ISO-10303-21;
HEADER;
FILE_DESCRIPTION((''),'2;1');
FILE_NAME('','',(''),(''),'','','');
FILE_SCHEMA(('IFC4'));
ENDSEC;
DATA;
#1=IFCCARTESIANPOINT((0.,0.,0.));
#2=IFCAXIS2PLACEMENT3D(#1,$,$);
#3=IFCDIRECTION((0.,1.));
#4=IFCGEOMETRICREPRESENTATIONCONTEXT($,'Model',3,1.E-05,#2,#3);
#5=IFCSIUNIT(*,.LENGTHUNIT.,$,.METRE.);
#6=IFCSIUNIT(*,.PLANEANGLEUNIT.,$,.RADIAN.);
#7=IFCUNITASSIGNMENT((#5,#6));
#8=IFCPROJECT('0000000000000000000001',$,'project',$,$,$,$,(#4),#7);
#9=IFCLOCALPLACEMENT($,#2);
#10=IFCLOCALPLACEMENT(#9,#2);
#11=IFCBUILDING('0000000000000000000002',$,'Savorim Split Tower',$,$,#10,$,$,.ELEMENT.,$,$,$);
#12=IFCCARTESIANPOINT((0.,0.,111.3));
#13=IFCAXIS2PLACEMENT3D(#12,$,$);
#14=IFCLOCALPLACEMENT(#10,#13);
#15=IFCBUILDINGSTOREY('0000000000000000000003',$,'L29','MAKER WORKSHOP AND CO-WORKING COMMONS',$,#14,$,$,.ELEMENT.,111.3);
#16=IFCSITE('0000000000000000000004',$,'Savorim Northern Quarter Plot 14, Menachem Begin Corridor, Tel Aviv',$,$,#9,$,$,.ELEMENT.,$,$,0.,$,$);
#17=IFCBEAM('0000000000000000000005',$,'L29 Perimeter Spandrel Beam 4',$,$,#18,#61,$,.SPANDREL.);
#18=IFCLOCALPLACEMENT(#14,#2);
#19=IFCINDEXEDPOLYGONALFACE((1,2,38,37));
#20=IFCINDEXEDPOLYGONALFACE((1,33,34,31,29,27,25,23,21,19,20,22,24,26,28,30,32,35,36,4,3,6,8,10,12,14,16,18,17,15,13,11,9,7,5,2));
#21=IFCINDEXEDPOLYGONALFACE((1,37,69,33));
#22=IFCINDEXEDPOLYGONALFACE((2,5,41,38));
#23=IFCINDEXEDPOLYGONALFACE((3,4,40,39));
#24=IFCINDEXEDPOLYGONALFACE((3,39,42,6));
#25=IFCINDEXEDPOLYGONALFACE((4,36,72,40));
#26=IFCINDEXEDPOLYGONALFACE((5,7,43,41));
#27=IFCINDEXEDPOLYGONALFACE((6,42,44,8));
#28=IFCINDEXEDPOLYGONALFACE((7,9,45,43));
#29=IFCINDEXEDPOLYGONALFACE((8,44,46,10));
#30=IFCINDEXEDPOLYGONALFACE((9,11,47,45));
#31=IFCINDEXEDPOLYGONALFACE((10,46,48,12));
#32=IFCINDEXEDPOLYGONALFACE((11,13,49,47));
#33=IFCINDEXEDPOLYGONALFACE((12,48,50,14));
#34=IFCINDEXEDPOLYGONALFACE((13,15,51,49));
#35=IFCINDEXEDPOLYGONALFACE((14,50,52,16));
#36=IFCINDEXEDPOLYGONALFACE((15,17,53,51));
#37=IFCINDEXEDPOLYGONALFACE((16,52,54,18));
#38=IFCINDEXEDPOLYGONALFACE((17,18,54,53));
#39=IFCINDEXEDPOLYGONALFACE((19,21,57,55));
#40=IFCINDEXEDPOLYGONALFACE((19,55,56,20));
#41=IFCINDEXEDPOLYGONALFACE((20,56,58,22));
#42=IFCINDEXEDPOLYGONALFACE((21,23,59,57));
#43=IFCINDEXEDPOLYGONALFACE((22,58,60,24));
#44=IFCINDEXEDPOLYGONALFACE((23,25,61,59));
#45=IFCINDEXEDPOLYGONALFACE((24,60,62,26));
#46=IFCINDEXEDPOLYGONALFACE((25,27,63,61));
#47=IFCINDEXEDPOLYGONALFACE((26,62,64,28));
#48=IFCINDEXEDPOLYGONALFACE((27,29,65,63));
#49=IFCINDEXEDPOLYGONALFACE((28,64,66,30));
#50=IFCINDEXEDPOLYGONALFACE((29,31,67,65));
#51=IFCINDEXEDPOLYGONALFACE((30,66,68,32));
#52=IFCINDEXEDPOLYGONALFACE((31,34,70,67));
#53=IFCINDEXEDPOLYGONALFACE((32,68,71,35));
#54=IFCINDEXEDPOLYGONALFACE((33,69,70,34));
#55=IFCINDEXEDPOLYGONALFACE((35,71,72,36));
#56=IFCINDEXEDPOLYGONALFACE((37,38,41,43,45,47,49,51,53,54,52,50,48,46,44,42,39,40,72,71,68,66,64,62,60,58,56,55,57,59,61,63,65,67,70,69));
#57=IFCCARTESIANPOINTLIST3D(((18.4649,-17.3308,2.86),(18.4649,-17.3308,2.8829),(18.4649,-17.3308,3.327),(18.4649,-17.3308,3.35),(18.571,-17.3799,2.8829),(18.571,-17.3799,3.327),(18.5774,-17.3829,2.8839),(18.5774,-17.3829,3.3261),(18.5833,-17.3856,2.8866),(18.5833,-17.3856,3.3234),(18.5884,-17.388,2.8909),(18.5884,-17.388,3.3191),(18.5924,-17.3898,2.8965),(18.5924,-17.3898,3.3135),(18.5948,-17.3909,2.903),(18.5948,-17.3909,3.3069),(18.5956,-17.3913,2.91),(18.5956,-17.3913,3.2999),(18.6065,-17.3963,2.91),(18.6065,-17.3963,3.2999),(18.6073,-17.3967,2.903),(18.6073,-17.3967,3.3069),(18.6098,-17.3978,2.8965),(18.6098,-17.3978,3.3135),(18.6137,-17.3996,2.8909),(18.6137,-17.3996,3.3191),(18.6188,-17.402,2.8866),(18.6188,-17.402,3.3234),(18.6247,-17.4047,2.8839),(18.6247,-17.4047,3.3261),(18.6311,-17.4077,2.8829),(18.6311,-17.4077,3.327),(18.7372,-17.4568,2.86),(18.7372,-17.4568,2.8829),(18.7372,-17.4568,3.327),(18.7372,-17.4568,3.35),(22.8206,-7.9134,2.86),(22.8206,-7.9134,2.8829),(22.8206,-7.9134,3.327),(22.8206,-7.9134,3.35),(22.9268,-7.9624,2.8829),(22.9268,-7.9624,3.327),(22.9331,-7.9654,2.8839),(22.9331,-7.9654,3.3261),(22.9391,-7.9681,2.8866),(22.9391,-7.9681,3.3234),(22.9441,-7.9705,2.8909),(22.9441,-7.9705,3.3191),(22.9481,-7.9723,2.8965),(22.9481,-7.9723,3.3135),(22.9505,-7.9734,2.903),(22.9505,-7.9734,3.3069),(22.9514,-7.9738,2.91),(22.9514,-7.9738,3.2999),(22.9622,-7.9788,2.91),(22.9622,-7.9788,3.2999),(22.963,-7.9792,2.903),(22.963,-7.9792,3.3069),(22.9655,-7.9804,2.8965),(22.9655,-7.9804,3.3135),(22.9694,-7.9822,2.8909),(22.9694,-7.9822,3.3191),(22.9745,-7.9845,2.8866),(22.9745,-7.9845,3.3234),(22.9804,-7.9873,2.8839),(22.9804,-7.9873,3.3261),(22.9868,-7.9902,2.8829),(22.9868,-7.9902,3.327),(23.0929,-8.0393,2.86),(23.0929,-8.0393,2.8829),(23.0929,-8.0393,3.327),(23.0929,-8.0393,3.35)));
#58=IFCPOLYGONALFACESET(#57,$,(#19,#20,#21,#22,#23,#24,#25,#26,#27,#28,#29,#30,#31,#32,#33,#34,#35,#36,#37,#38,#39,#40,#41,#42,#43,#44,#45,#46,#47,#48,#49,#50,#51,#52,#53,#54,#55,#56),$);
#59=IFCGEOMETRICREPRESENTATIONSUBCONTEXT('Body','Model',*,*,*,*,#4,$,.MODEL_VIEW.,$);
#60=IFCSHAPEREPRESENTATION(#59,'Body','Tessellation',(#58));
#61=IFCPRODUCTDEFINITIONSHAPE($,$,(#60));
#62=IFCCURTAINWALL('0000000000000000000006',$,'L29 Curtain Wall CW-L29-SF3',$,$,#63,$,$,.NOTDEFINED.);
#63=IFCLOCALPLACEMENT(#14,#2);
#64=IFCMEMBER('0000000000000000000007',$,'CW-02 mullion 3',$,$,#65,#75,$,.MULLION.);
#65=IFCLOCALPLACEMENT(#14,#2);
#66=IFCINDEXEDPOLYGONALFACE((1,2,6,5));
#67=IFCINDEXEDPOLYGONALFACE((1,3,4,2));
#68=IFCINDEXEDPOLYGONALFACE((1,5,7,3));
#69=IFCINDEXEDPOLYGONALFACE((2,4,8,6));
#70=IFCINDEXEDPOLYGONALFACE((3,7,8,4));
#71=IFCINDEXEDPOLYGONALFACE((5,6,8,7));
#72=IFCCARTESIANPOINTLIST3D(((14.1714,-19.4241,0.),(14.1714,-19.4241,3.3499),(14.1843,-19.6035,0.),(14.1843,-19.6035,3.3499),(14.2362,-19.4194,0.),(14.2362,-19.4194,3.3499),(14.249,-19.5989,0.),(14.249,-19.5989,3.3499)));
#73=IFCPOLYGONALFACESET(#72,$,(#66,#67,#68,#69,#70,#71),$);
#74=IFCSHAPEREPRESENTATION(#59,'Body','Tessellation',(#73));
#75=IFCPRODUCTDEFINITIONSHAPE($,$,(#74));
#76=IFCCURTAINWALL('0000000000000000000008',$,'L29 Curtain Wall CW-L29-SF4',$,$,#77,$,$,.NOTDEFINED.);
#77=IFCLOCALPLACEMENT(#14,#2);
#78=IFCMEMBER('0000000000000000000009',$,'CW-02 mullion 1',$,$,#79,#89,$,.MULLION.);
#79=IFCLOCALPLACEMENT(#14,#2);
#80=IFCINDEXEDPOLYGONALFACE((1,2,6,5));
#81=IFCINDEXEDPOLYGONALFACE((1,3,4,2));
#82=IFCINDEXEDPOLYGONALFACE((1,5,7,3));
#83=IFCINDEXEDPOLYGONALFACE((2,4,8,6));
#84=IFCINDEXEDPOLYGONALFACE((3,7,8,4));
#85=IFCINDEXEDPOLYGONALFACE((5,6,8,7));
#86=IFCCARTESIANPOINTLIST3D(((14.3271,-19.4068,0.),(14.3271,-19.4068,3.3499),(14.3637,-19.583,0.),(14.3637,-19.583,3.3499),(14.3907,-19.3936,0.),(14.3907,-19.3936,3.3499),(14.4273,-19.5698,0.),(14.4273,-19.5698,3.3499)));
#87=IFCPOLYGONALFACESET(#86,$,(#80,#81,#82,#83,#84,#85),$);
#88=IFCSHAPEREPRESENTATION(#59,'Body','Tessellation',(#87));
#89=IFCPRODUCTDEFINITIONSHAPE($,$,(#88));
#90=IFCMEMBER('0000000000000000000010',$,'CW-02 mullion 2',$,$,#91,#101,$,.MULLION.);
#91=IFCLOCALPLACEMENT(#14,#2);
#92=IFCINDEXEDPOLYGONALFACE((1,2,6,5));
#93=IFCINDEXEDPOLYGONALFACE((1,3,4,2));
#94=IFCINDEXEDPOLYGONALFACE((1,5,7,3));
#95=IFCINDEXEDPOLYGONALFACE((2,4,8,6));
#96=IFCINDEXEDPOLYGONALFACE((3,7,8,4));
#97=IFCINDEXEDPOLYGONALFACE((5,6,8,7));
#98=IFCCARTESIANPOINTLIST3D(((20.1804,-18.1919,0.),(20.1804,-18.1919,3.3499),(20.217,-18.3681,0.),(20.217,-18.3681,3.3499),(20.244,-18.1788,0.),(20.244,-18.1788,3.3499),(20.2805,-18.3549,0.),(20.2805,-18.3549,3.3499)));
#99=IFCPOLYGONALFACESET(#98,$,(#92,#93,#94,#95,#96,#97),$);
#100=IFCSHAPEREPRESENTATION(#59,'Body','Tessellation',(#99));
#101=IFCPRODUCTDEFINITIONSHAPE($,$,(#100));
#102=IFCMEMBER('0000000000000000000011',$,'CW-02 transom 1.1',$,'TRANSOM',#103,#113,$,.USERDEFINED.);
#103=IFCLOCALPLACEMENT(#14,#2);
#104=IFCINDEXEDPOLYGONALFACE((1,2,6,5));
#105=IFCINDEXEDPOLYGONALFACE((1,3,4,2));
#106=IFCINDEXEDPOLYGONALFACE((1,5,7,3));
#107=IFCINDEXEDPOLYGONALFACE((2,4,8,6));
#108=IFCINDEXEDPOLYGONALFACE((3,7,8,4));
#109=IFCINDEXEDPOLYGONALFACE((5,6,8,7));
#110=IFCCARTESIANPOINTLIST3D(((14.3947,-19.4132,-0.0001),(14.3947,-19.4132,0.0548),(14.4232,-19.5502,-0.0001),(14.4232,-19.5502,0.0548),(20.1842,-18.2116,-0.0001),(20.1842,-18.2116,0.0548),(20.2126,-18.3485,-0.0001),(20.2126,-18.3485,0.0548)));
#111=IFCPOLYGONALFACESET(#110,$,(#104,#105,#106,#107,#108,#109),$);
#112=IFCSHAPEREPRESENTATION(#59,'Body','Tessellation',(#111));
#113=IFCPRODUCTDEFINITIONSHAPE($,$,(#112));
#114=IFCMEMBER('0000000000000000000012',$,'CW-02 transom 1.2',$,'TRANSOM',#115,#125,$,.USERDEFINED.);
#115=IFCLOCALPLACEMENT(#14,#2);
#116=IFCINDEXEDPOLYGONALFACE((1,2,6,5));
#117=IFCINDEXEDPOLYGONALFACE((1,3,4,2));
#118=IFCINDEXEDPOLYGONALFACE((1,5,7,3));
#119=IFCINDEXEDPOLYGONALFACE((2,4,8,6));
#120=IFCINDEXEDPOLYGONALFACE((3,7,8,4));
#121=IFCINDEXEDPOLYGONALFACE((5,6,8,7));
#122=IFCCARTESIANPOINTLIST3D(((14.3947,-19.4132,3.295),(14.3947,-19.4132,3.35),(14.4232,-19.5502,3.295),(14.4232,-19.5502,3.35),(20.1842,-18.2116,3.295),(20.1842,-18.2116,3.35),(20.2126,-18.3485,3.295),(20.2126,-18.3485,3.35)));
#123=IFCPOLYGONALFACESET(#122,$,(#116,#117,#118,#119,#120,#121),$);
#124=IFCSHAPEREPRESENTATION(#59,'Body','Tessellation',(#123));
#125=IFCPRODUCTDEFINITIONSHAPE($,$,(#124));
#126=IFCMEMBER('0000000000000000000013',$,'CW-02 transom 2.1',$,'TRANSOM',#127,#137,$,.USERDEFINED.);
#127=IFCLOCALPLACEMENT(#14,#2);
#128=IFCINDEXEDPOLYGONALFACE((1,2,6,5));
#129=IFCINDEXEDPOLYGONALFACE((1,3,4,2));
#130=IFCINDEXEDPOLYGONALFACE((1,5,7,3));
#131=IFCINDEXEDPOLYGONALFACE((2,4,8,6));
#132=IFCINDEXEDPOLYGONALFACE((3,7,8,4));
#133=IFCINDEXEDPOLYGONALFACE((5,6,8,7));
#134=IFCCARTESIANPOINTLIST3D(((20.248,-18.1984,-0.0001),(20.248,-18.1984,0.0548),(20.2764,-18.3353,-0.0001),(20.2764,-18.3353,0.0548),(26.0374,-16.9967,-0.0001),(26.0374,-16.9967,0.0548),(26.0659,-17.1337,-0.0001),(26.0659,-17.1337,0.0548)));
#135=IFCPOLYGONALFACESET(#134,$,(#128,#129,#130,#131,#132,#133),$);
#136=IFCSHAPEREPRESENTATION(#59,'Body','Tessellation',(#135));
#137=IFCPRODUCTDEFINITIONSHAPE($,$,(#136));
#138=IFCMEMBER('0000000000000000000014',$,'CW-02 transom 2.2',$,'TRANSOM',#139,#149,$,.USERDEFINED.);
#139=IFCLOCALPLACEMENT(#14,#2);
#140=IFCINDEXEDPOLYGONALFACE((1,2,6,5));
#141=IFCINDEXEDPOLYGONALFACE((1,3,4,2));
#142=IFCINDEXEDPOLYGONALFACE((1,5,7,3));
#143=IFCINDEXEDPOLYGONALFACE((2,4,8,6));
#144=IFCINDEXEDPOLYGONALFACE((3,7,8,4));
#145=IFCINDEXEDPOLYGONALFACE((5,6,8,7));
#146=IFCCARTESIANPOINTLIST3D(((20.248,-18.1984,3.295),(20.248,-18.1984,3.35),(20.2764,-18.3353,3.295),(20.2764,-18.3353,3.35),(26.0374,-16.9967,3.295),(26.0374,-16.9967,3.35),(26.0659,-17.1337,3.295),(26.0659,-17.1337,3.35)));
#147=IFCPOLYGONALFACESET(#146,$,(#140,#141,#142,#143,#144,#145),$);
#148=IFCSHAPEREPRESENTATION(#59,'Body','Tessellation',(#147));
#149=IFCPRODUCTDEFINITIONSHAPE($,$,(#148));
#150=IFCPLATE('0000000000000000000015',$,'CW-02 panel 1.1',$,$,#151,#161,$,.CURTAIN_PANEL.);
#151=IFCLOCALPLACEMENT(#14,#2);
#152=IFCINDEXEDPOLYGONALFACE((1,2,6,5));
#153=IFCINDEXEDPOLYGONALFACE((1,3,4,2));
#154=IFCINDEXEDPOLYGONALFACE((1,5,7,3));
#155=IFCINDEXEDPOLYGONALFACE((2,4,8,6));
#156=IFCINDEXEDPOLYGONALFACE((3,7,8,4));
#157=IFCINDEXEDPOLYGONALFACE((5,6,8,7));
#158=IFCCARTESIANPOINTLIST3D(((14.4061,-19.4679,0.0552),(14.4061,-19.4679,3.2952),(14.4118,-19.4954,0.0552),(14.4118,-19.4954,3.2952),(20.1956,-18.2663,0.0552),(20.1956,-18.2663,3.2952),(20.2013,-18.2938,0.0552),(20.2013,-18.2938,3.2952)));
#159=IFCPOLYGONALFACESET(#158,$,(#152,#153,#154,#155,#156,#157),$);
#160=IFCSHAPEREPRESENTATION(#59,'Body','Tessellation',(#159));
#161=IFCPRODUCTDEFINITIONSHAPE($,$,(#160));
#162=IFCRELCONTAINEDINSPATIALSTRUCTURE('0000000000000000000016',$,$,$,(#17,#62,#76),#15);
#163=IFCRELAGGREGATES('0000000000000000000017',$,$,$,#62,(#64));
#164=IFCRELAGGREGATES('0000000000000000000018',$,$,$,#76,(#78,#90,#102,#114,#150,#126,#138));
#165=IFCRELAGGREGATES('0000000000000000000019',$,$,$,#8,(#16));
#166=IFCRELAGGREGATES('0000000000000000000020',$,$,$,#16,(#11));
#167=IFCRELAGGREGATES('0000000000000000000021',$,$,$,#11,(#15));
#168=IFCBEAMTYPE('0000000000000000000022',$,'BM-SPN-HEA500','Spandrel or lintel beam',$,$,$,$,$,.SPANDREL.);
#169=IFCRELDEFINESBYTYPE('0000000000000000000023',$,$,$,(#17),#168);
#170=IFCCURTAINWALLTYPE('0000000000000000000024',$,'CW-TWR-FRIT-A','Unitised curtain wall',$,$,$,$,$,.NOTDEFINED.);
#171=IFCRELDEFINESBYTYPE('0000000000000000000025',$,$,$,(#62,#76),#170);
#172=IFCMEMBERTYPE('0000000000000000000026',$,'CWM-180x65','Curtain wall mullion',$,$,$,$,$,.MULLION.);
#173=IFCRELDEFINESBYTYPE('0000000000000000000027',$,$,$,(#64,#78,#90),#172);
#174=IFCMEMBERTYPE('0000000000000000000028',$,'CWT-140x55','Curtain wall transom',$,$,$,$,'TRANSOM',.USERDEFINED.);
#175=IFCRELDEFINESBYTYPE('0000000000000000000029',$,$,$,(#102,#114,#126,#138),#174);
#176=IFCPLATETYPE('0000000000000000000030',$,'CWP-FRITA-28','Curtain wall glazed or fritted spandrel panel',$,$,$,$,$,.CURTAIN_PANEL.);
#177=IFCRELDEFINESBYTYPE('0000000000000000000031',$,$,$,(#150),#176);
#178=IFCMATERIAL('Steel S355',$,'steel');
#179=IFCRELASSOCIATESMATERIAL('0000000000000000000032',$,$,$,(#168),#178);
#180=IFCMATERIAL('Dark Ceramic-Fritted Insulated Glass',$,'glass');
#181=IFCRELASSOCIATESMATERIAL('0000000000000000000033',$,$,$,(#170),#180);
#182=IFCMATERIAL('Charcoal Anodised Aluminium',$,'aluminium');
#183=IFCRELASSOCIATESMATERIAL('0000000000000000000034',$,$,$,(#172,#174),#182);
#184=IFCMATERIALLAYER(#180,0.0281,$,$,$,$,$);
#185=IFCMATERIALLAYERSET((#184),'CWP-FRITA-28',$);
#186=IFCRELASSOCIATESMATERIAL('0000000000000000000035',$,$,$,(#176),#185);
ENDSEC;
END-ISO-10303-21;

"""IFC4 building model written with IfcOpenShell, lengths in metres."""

from ifc_helpers import new_model, si_unit, direction, frame, origin, origin_2d, place, context, subcontext, project, spatial, rectangle, i_section, extrude, material, layer, layer_set, material_profile, profile_set, type_object, element, aggregate, save


model = new_model("IFC4")

# Units and contexts
model_context = context("Model", 3, precision=1e-05, world=origin(), true_north=direction((0.0, 1.0)))
body_context = subcontext(model_context, "Body", "Model", "MODEL_VIEW")
ifc_project = project(units=[si_unit("LENGTHUNIT", "METRE"), si_unit("PLANEANGLEUNIT", "RADIAN")], contexts=[model_context])

# Site, building, storey
site_placement = place(None, origin())
site = spatial("IfcSite", under=ifc_project, at=site_placement, Name="Savorim Northern Quarter Plot 14, Menachem Begin Corridor, Tel Aviv", CompositionType="ELEMENT", RefElevation=0.0)
building_placement = place(site_placement, origin())
building = spatial("IfcBuilding", under=site, at=building_placement, Name="Savorim Split Tower", CompositionType="ELEMENT")
storey_placement = place(building_placement, frame((0.0, 0.0, 111.3)))
storey = spatial("IfcBuildingStorey", under=building, at=storey_placement, Name="L29", Description="MAKER WORKSHOP AND CO-WORKING COMMONS", CompositionType="ELEMENT", Elevation=111.3)

# Beam
ifc_material_1 = material(Name="Steel S355", Category="steel")
ifc_material_profile_1 = material_profile(ifc_material_1, i_section(OverallWidth=0.3, OverallDepth=0.49, WebThickness=0.012, FlangeThickness=0.0229, FilletRadius=0.0271, at=origin_2d()), Name="HEA 500")
ifc_profile_set_1 = profile_set([ifc_material_profile_1], Name="Steel S355")
beam_type_1 = type_object("IfcBeamType", Name="BM-SPN-HEA500", Description="Spandrel or lintel beam", PredefinedType="SPANDREL", material=ifc_profile_set_1)
beam_1_placement = place(storey_placement, frame((18.6011, -17.3938, 3.105), z_axis=(0.419788, 0.907622, 0.0), x_axis=(-0.907622, 0.419788, 0.0)))
element("IfcBeam", 1, at=beam_1_placement, inside=storey, type_object=beam_type_1, Name="L29 Perimeter Spandrel Beam 4", PredefinedType="SPANDREL", context=body_context, shape_type="SweptSolid", body=[
    extrude(i_section(OverallWidth=0.3, OverallDepth=0.49, WebThickness=0.012, FlangeThickness=0.0229, FilletRadius=0.0271, at=origin_2d()), origin(), (0.0, 0.0, 1.0), 10.376),
])

# Curtain wall, member
ifc_material_2 = material(Name="Dark Ceramic-Fritted Insulated Glass", Category="glass")
curtain_wall_type = type_object("IfcCurtainWallType", Name="CW-TWR-FRIT-A", Description="Unitised curtain wall", PredefinedType="NOTDEFINED", material=ifc_material_2)
curtain_wall_1_placement = place(storey_placement, origin())
curtain_wall_1 = element("IfcCurtainWall", 2, at=curtain_wall_1_placement, inside=storey, type_object=curtain_wall_type, Name="L29 Curtain Wall CW-L29-SF3", PredefinedType="NOTDEFINED")
ifc_material_3 = material(Name="Charcoal Anodised Aluminium", Category="aluminium")
ifc_material_profile_2 = material_profile(ifc_material_3, rectangle(XDim=0.1799, YDim=0.0649, at=origin_2d()), Name="ALU-M 180x65")
ifc_profile_set_2 = profile_set([ifc_material_profile_2], Name="Charcoal Anodised Aluminium")
member_type_1 = type_object("IfcMemberType", Name="CWM-180x65", Description="Curtain wall mullion", PredefinedType="MULLION", material=ifc_profile_set_2)
member_1_placement = place(storey_placement, frame((14.2102, -19.5115, 0.0), z_axis=(0.0, 0.0, 1.0), x_axis=(-0.071557, 0.997436, 0.0)))
member_1 = element("IfcMember", 3, at=member_1_placement, type_object=member_type_1, Name="CW-02 mullion 3", PredefinedType="MULLION", context=body_context, shape_type="SweptSolid", body=[
    extrude(rectangle(XDim=0.1799, YDim=0.0649, at=origin_2d()), origin(), (0.0, 0.0, 1.0), 3.3499),
])
aggregate(curtain_wall_1, [member_1])

# Curtain wall, members, plate
curtain_wall_2_placement = place(storey_placement, origin())
curtain_wall_2 = element("IfcCurtainWall", 4, at=curtain_wall_2_placement, inside=storey, type_object=curtain_wall_type, Name="L29 Curtain Wall CW-L29-SF4", PredefinedType="NOTDEFINED")
member_2_placement = place(storey_placement, frame((14.3772, -19.4883, 0.0), z_axis=(0.0, 0.0, 1.0), x_axis=(-0.203214, 0.979134, 0.0)))
member_2 = element("IfcMember", 5, at=member_2_placement, type_object=member_type_1, Name="CW-02 mullion 1", PredefinedType="MULLION", context=body_context, shape_type="SweptSolid", body=[
    extrude(rectangle(XDim=0.1799, YDim=0.0649, at=origin_2d()), origin(), (0.0, 0.0, 1.0), 3.3499),
])
member_3_placement = place(storey_placement, frame((20.2305, -18.2734, 0.0), z_axis=(0.0, 0.0, 1.0), x_axis=(-0.203214, 0.979134, 0.0)))
member_3 = element("IfcMember", 6, at=member_3_placement, type_object=member_type_1, Name="CW-02 mullion 2", PredefinedType="MULLION", context=body_context, shape_type="SweptSolid", body=[
    extrude(rectangle(XDim=0.1799, YDim=0.0649, at=origin_2d()), origin(), (0.0, 0.0, 1.0), 3.3499),
])
ifc_material_profile_3 = material_profile(ifc_material_3, rectangle(XDim=0.1399, YDim=0.0549, at=origin_2d()), Name="ALU-T 140x55")
ifc_profile_set_3 = profile_set([ifc_material_profile_3], Name="Charcoal Anodised Aluminium")
member_type_2 = type_object("IfcMemberType", Name="CWT-140x55", Description="Curtain wall transom", ElementType="TRANSOM", PredefinedType="USERDEFINED", material=ifc_profile_set_3)
member_4_placement = place(storey_placement, frame((14.4089, -19.4817, 0.0273), z_axis=(0.979132, 0.203225, 0.0), x_axis=(-0.203225, 0.979132, 0.0)))
member_4 = element("IfcMember", 7, at=member_4_placement, type_object=member_type_2, Name="CW-02 transom 1.1", ObjectType="TRANSOM", PredefinedType="USERDEFINED", context=body_context, shape_type="SweptSolid", body=[
    extrude(rectangle(XDim=0.1399, YDim=0.0549, at=origin_2d()), origin(), (0.0, 0.0, 1.0), 5.9128),
])
member_5_placement = place(storey_placement, frame((14.4089, -19.4817, 3.3225), z_axis=(0.979132, 0.203225, 0.0), x_axis=(-0.203225, 0.979132, 0.0)))
member_5 = element("IfcMember", 8, at=member_5_placement, type_object=member_type_2, Name="CW-02 transom 1.2", ObjectType="TRANSOM", PredefinedType="USERDEFINED", context=body_context, shape_type="SweptSolid", body=[
    extrude(rectangle(XDim=0.1399, YDim=0.0549, at=origin_2d()), origin(), (0.0, 0.0, 1.0), 5.9128),
])
member_6_placement = place(storey_placement, frame((20.2622, -18.2668, 0.0273), z_axis=(0.979132, 0.203225, 0.0), x_axis=(-0.203225, 0.979132, 0.0)))
member_6 = element("IfcMember", 9, at=member_6_placement, type_object=member_type_2, Name="CW-02 transom 2.1", ObjectType="TRANSOM", PredefinedType="USERDEFINED", context=body_context, shape_type="SweptSolid", body=[
    extrude(rectangle(XDim=0.1399, YDim=0.0549, at=origin_2d()), origin(), (0.0, 0.0, 1.0), 5.9128),
])
member_7_placement = place(storey_placement, frame((20.2622, -18.2668, 3.3225), z_axis=(0.979132, 0.203225, 0.0), x_axis=(-0.203225, 0.979132, 0.0)))
member_7 = element("IfcMember", 10, at=member_7_placement, type_object=member_type_2, Name="CW-02 transom 2.2", ObjectType="TRANSOM", PredefinedType="USERDEFINED", context=body_context, shape_type="SweptSolid", body=[
    extrude(rectangle(XDim=0.1399, YDim=0.0549, at=origin_2d()), origin(), (0.0, 0.0, 1.0), 5.9128),
])
ifc_layer_1 = layer(ifc_material_2, 0.0281)
ifc_layer_set_1 = layer_set([ifc_layer_1], Name="CWP-FRITA-28")
plate_type = type_object("IfcPlateType", Name="CWP-FRITA-28", Description="Curtain wall glazed or fritted spandrel panel", PredefinedType="CURTAIN_PANEL", material=ifc_layer_set_1)
plate_placement = place(storey_placement, frame((17.3037, -18.8809, 0.0552), z_axis=(0.0, 0.0, 1.0), x_axis=(0.979134, 0.203214, 0.0)))
plate = element("IfcPlate", 11, at=plate_placement, type_object=plate_type, Name="CW-02 panel 1.1", PredefinedType="CURTAIN_PANEL", context=body_context, shape_type="SweptSolid", body=[
    extrude(rectangle(XDim=5.9128, YDim=0.0281, at=origin_2d()), origin(), (0.0, 0.0, 1.0), 3.24),
])
aggregate(curtain_wall_2, [member_2, member_3, member_4, member_5, plate, member_6, member_7])

save(model, "model.ifc")
